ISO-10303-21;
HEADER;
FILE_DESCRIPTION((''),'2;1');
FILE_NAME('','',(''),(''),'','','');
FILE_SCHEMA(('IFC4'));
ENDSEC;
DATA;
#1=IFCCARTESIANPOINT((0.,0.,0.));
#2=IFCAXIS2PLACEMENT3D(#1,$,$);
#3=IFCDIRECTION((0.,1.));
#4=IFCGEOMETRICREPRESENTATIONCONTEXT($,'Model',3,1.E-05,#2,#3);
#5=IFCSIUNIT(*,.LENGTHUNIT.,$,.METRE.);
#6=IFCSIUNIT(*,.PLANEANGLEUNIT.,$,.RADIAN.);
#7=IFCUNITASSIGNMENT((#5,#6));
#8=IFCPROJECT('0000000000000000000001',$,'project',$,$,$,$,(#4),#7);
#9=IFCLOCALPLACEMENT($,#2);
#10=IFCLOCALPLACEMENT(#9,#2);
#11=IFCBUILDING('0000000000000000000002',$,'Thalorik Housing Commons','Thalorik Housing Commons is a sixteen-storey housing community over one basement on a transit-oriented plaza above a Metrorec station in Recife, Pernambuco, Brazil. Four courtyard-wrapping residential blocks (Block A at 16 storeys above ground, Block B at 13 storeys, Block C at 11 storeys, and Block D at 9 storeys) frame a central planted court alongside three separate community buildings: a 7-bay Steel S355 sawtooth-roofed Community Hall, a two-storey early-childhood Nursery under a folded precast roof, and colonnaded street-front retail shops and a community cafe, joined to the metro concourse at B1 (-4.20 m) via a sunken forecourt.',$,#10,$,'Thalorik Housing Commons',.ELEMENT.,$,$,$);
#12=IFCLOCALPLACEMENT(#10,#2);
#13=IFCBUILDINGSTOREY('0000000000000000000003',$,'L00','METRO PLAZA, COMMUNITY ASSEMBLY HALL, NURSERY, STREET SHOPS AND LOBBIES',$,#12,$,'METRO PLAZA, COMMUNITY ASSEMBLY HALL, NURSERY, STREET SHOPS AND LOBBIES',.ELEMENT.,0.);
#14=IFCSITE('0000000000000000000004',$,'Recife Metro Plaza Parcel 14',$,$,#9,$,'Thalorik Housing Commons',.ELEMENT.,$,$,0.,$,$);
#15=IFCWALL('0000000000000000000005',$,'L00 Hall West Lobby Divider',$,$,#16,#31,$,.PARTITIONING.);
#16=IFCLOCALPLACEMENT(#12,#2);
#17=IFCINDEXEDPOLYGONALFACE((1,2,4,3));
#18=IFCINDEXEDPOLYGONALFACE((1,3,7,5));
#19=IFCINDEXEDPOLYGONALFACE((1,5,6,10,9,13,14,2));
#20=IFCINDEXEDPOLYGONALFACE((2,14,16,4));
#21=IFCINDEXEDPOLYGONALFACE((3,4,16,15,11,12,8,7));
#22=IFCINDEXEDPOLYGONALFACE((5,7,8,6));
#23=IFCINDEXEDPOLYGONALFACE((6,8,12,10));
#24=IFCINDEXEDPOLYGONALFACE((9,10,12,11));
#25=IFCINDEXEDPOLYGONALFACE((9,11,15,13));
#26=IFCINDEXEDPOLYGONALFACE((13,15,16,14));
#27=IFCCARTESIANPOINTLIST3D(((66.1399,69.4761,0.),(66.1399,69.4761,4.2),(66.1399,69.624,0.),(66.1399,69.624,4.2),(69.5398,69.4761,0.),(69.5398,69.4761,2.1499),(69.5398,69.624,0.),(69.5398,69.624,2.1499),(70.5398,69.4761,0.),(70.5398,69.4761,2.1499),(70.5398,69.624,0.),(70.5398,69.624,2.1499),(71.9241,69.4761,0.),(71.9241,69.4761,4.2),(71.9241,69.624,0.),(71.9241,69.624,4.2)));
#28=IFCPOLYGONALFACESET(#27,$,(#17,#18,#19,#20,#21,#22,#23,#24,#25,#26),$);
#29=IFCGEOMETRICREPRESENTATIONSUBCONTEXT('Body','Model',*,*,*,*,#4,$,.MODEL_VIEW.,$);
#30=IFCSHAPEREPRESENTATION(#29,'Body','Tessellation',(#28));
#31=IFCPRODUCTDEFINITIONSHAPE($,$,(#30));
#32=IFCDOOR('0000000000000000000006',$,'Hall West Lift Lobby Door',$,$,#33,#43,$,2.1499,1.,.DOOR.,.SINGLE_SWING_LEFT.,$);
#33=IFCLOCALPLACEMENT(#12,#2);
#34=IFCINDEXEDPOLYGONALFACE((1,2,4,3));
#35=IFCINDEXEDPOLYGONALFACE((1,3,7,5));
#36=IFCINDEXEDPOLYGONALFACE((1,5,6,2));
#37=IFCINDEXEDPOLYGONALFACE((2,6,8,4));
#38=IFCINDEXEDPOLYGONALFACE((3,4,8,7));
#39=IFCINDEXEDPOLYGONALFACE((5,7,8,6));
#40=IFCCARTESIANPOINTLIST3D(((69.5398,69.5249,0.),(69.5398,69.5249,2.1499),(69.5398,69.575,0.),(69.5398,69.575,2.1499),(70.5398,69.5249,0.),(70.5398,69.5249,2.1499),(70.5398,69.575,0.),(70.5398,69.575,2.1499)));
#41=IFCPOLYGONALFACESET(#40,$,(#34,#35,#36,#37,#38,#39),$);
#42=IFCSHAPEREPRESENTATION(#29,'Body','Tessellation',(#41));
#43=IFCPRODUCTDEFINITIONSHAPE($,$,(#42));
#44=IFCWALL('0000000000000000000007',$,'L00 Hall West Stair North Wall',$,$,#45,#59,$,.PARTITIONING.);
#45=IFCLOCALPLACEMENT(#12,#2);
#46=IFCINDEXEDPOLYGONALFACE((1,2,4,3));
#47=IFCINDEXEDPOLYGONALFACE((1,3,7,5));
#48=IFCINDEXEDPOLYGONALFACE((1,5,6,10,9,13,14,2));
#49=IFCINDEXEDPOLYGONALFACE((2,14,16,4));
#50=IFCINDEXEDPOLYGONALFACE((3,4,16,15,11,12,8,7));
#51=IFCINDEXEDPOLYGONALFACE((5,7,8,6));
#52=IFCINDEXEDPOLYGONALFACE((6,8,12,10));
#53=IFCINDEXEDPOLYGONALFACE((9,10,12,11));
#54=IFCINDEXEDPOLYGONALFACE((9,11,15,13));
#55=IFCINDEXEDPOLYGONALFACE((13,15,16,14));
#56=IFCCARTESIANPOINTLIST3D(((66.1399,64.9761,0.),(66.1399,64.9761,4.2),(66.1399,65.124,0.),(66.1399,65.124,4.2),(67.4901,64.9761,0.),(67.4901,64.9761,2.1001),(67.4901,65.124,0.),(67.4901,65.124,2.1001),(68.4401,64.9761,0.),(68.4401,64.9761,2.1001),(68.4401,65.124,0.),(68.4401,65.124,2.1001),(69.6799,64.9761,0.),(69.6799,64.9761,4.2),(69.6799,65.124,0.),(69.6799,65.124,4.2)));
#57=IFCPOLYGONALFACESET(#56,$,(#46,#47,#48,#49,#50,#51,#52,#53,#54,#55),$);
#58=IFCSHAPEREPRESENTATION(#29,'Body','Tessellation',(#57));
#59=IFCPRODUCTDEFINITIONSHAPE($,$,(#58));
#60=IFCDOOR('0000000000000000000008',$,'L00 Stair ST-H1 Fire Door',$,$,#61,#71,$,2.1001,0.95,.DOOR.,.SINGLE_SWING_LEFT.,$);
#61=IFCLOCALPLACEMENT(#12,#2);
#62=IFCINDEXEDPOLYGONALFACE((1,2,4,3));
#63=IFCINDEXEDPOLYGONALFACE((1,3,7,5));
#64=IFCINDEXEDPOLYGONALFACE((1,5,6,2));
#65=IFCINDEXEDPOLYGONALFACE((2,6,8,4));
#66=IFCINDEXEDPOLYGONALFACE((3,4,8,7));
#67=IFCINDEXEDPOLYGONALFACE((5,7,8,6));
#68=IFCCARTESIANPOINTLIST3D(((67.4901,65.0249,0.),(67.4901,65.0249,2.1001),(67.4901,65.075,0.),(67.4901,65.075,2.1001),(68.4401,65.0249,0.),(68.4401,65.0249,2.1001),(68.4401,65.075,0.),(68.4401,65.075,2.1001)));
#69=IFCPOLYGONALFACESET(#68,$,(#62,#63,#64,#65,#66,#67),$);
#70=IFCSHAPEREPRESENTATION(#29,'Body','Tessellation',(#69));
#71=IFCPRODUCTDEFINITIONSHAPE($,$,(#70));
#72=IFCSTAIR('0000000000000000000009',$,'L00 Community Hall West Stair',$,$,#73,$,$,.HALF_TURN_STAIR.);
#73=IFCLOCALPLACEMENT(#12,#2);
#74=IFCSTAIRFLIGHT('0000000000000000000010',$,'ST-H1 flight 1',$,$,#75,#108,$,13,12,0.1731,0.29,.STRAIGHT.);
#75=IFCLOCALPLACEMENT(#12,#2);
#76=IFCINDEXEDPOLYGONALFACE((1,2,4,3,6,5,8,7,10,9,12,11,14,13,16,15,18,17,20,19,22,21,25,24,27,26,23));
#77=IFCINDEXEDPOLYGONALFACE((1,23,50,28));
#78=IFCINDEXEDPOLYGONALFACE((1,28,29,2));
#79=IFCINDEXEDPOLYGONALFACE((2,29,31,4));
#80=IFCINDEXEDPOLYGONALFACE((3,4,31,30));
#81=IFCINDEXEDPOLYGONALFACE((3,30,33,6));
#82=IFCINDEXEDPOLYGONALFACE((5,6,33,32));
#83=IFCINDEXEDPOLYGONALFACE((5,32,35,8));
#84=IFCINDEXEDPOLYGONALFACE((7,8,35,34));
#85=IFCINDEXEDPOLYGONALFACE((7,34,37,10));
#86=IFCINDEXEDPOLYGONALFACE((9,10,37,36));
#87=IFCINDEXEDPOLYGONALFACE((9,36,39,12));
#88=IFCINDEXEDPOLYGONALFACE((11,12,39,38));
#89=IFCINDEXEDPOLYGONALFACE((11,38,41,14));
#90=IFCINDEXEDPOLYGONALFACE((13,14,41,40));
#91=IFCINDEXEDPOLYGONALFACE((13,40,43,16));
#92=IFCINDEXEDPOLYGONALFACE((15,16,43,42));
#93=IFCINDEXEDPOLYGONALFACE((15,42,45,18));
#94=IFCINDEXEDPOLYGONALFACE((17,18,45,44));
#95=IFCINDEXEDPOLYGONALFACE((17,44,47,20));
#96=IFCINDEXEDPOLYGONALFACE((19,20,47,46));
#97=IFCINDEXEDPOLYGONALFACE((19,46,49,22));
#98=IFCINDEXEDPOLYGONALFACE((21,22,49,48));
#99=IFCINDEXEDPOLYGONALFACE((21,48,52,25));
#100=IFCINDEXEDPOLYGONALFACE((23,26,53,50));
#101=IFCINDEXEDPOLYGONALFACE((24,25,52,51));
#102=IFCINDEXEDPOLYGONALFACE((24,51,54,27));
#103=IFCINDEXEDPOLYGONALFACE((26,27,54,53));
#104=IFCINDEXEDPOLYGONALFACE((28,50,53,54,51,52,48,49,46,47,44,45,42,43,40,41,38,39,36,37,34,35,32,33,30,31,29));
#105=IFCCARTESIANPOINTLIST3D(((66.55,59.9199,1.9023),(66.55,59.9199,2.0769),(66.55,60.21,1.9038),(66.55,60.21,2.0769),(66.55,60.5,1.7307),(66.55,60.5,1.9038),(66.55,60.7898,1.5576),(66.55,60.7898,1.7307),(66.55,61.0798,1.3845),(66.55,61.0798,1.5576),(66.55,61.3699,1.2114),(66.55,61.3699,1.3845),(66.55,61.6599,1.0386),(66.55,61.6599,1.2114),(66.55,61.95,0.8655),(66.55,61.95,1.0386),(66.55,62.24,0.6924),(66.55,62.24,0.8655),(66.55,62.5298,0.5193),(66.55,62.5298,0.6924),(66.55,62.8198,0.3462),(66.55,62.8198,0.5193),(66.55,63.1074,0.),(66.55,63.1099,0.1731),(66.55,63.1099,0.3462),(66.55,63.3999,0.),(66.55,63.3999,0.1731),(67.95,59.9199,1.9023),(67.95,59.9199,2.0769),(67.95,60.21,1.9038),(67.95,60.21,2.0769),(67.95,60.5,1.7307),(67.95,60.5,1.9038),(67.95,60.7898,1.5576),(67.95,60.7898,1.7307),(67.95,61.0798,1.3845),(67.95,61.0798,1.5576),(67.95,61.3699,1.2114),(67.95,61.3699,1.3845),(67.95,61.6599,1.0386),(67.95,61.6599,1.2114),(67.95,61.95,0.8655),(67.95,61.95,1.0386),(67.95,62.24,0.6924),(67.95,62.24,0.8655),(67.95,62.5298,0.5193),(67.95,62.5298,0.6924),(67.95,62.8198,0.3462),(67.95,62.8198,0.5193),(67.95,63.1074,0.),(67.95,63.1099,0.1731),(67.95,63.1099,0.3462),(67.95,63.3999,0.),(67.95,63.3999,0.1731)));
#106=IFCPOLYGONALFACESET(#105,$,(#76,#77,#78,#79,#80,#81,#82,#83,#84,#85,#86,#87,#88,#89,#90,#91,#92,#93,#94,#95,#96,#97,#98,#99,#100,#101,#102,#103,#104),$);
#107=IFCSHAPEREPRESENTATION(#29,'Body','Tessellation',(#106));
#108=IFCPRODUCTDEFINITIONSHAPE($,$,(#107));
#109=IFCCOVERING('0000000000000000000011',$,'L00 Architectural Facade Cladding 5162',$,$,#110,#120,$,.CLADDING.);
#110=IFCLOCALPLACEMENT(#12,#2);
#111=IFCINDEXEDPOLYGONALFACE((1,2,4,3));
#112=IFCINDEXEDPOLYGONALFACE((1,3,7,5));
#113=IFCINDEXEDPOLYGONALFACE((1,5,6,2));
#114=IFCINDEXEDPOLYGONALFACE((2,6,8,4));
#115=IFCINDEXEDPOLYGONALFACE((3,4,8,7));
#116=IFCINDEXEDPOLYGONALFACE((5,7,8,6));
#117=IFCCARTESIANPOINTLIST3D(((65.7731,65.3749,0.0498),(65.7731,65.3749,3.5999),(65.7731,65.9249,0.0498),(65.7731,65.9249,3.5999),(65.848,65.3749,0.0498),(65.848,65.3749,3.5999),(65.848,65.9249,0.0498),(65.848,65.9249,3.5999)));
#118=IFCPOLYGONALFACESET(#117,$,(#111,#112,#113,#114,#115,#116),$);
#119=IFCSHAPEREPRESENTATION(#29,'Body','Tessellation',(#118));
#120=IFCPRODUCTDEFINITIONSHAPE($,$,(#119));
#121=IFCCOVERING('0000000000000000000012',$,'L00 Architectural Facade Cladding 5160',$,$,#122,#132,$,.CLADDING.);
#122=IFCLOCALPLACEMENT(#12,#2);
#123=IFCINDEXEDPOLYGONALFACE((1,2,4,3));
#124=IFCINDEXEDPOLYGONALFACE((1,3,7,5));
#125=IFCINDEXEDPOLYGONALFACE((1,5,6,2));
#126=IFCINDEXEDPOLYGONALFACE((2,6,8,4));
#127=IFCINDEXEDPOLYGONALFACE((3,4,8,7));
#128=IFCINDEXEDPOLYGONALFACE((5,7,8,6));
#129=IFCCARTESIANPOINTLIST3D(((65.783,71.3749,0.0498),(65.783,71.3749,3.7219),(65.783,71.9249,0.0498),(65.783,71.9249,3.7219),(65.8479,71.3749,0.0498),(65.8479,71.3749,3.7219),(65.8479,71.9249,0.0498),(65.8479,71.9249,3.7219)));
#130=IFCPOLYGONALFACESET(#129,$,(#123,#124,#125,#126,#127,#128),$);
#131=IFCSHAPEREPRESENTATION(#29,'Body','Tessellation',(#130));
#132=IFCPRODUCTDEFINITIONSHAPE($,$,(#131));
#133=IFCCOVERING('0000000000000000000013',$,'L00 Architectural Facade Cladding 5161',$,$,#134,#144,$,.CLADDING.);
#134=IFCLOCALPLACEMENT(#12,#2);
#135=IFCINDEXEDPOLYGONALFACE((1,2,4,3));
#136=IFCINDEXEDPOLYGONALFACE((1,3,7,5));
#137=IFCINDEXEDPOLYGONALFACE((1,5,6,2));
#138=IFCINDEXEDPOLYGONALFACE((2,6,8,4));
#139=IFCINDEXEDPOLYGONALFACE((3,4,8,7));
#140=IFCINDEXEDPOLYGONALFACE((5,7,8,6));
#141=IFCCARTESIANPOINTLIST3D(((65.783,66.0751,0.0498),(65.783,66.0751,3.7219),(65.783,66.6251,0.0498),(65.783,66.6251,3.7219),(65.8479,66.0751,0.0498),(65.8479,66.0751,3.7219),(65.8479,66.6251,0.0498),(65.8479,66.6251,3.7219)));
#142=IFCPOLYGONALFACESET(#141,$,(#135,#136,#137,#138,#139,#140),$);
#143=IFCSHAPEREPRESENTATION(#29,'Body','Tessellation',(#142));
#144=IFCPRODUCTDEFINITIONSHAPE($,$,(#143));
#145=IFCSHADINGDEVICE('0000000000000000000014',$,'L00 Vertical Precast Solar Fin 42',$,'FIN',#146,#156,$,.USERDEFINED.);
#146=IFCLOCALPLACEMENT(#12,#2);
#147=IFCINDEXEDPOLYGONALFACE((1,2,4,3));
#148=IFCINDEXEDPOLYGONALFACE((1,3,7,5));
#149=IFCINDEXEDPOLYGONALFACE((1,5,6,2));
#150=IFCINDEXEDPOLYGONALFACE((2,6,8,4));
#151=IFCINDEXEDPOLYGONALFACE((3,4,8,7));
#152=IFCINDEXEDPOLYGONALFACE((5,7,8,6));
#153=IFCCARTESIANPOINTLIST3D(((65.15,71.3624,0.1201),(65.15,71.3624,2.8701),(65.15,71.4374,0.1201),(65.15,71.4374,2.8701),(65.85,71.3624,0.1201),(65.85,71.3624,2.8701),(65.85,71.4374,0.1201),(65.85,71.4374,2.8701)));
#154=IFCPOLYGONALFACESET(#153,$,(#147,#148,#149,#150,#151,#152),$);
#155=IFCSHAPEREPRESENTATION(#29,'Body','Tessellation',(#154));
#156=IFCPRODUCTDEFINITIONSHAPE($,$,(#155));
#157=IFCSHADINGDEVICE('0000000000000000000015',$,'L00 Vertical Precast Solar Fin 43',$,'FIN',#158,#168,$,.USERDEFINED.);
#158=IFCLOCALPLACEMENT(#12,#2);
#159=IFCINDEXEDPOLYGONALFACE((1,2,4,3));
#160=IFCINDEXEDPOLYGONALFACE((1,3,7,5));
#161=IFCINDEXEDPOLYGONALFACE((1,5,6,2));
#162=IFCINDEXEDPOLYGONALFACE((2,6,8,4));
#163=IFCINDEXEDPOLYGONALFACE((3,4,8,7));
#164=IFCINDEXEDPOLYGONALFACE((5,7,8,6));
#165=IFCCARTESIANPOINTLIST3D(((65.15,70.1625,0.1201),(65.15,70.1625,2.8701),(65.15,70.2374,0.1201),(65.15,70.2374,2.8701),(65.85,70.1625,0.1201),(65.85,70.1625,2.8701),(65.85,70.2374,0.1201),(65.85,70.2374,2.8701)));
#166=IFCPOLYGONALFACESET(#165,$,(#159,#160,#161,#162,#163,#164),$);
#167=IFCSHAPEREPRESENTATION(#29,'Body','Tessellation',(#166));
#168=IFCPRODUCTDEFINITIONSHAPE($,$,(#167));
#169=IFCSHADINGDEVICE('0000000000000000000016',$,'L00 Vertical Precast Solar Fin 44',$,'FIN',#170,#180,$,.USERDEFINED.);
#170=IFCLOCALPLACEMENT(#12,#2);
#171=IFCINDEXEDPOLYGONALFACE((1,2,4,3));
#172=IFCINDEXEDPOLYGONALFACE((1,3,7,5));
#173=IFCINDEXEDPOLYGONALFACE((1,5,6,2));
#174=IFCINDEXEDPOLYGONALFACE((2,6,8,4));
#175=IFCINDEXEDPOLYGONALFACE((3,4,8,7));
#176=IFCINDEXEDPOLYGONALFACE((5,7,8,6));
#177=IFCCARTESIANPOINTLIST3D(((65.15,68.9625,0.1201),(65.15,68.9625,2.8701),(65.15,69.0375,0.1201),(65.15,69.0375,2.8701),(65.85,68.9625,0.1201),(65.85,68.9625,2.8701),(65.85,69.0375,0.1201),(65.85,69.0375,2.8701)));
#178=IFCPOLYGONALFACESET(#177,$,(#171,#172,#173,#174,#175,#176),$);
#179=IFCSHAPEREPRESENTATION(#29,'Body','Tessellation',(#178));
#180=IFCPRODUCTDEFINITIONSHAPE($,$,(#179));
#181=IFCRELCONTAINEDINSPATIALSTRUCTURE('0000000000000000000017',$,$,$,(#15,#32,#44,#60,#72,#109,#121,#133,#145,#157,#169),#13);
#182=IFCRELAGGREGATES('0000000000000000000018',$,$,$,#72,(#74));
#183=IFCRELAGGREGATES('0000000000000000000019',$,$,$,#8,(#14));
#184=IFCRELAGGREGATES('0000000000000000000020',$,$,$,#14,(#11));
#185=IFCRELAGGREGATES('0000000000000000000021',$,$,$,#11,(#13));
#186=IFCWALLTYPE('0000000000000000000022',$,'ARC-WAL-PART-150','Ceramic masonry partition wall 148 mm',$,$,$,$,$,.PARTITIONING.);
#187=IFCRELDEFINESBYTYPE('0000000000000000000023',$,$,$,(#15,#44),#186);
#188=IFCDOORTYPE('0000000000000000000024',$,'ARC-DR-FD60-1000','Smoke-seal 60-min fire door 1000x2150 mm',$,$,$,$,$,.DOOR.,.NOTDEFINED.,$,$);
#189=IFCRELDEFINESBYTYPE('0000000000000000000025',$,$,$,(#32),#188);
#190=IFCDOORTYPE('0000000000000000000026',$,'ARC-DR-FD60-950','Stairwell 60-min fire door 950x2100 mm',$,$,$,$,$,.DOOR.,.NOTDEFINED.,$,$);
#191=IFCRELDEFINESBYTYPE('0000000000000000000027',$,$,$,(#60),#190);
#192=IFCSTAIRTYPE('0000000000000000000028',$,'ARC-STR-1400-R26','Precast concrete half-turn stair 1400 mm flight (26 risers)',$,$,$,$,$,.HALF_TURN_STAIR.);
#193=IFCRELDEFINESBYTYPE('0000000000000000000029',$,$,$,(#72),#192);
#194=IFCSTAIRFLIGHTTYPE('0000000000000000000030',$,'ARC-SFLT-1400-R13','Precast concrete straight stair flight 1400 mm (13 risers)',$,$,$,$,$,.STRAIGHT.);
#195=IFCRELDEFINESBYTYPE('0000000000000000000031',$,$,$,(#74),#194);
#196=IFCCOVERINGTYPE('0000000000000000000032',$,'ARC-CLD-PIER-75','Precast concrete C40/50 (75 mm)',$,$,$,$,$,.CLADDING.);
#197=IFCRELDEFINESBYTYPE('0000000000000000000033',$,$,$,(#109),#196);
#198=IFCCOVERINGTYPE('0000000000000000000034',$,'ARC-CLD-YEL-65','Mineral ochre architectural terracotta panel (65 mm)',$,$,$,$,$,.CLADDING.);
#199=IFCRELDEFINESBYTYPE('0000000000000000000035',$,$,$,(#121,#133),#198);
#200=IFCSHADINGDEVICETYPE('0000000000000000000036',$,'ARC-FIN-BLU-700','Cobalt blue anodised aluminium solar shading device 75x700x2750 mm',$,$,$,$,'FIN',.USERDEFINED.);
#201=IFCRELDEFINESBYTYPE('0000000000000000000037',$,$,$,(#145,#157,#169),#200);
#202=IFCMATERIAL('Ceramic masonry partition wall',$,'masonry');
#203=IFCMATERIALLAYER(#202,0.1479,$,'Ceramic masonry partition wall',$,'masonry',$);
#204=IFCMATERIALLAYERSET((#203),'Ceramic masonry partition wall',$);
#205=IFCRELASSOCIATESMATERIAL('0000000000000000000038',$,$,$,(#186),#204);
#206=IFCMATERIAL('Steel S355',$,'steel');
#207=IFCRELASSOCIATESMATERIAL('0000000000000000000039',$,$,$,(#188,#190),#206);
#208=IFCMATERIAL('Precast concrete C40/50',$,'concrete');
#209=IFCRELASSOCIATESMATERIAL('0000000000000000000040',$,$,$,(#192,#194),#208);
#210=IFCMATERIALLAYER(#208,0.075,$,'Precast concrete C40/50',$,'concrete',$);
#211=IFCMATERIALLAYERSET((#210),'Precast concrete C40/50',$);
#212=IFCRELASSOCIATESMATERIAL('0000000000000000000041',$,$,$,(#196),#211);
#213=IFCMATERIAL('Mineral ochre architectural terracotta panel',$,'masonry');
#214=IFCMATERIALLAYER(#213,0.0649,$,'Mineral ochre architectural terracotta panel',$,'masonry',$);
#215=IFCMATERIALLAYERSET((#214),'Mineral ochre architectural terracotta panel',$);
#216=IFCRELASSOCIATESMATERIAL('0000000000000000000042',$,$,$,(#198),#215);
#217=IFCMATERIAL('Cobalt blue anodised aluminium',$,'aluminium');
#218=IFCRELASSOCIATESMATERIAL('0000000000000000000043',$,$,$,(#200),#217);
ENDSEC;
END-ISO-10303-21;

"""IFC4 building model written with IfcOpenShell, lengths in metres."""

from ifc_helpers import new_model, si_unit, direction, frame, frame_2d, origin, origin_2d, place, context, subcontext, project, spatial, polyline, rectangle, outline, extrude, material, layer, layer_set, type_object, element, fill, aggregate, save


model = new_model("IFC4")

# Units and contexts
model_context = context("Model", 3, precision=1e-05, world=origin(), true_north=direction((0.0, 1.0)))
body_context = subcontext(model_context, "Body", "Model", "MODEL_VIEW")
ifc_project = project(units=[si_unit("LENGTHUNIT", "METRE"), si_unit("PLANEANGLEUNIT", "RADIAN")], contexts=[model_context])

# Site, building, storey
site_placement = place(None, origin())
site = spatial("IfcSite", under=ifc_project, at=site_placement, Name="Recife Metro Plaza Parcel 14", LongName="Thalorik Housing Commons", CompositionType="ELEMENT", RefElevation=0.0)
building_placement = place(site_placement, origin())
building = spatial("IfcBuilding", under=site, at=building_placement, Name="Thalorik Housing Commons", Description="Thalorik Housing Commons is a sixteen-storey housing community over one basement on a transit-oriented plaza above a Metrorec station in Recife, Pernambuco, Brazil. Four courtyard-wrapping residential blocks (Block A at 16 storeys above ground, Block B at 13 storeys, Block C at 11 storeys, and Block D at 9 storeys) frame a central planted court alongside three separate community buildings: a 7-bay Steel S355 sawtooth-roofed Community Hall, a two-storey early-childhood Nursery under a folded precast roof, and colonnaded street-front retail shops and a community cafe, joined to the metro concourse at B1 (-4.20 m) via a sunken forecourt.", LongName="Thalorik Housing Commons", CompositionType="ELEMENT")
storey_placement = place(building_placement, origin())
storey = spatial("IfcBuildingStorey", under=building, at=storey_placement, Name="L00", Description="METRO PLAZA, COMMUNITY ASSEMBLY HALL, NURSERY, STREET SHOPS AND LOBBIES", LongName="METRO PLAZA, COMMUNITY ASSEMBLY HALL, NURSERY, STREET SHOPS AND LOBBIES", CompositionType="ELEMENT", Elevation=0.0)

# Shared definitions
ifc_material_1 = material(Name="Steel S355", Category="steel")

# Walls, openings, doors
ifc_material_2 = material(Name="Ceramic masonry partition wall", Category="masonry")
ifc_layer_1 = layer(ifc_material_2, 0.1479, Name="Ceramic masonry partition wall", Category="masonry")
ifc_layer_set_1 = layer_set([ifc_layer_1], Name="Ceramic masonry partition wall")
wall_type_1 = type_object("IfcWallType", Name="ARC-WAL-PART-150", Description="Ceramic masonry partition wall 148 mm", PredefinedType="PARTITIONING", material=ifc_layer_set_1)
wall_1_placement = place(storey_placement, frame((66.1399, 69.55, 0.0), z_axis=(0.0, 0.0, 1.0), x_axis=(1.0, 0.0, 0.0)))
wall_1 = element("IfcWall", 1, at=wall_1_placement, inside=storey, type_object=wall_type_1, Name="L00 Hall West Lobby Divider", PredefinedType="PARTITIONING", context=body_context, shape_type="SweptSolid", body=[
    extrude(rectangle(XDim=5.7842, YDim=0.1479, at=frame_2d((2.8921, 0.0))), origin(), (0.0, 0.0, 1.0), 4.2),
])
opening_1_placement = place(wall_1_placement, frame((3.3999, 0.0, 0.0)))
opening_1 = element("IfcOpeningElement", 2, at=opening_1_placement, cuts=wall_1, PredefinedType="OPENING", context=body_context, shape_type="SweptSolid", body=[
    extrude(rectangle(XDim=1.0, YDim=2.1499, at=frame_2d((0.5, 1.075))), frame((0.0, 0.084, 0.0), z_axis=(0.0, -1.0, 0.0), x_axis=(1.0, 0.0, 0.0)), (0.0, 0.0, 1.0), 0.168),
])
door_type_1 = type_object("IfcDoorType", Name="ARC-DR-FD60-1000", Description="Smoke-seal 60-min fire door 1000x2150 mm", OperationType="NOTDEFINED", PredefinedType="DOOR", material=ifc_material_1)
door_1_placement = place(opening_1_placement, origin())
door_1 = element("IfcDoor", 3, at=door_1_placement, inside=storey, type_object=door_type_1, Name="Hall West Lift Lobby Door", OperationType="SINGLE_SWING_LEFT", OverallHeight=2.1499, OverallWidth=1.0, PredefinedType="DOOR", context=body_context, shape_type="SweptSolid", body=[
    extrude(rectangle(XDim=1.0, YDim=2.1499, at=frame_2d((0.5, 1.075))), frame((0.0, 0.0249, 0.0), z_axis=(0.0, -1.0, 0.0), x_axis=(1.0, 0.0, 0.0)), (0.0, 0.0, 1.0), 0.05),
])
fill(opening_1, door_1)
wall_2_placement = place(storey_placement, frame((66.1399, 65.05, 0.0), z_axis=(0.0, 0.0, 1.0), x_axis=(1.0, 0.0, 0.0)))
wall_2 = element("IfcWall", 4, at=wall_2_placement, inside=storey, type_object=wall_type_1, Name="L00 Hall West Stair North Wall", PredefinedType="PARTITIONING", context=body_context, shape_type="SweptSolid", body=[
    extrude(rectangle(XDim=3.54, YDim=0.1479, at=frame_2d((1.77, 0.0))), origin(), (0.0, 0.0, 1.0), 4.2),
])
opening_2_placement = place(wall_2_placement, frame((1.3501, 0.0, 0.0)))
opening_2 = element("IfcOpeningElement", 5, at=opening_2_placement, cuts=wall_2, PredefinedType="OPENING", context=body_context, shape_type="SweptSolid", body=[
    extrude(rectangle(XDim=0.95, YDim=2.1001, at=frame_2d((0.4751, 1.05))), frame((0.0, 0.084, 0.0), z_axis=(0.0, -1.0, 0.0), x_axis=(1.0, 0.0, 0.0)), (0.0, 0.0, 1.0), 0.168),
])
door_type_2 = type_object("IfcDoorType", Name="ARC-DR-FD60-950", Description="Stairwell 60-min fire door 950x2100 mm", OperationType="NOTDEFINED", PredefinedType="DOOR", material=ifc_material_1)
door_2_placement = place(opening_2_placement, origin())
door_2 = element("IfcDoor", 6, at=door_2_placement, inside=storey, type_object=door_type_2, Name="L00 Stair ST-H1 Fire Door", OperationType="SINGLE_SWING_LEFT", OverallHeight=2.1001, OverallWidth=0.95, PredefinedType="DOOR", context=body_context, shape_type="SweptSolid", body=[
    extrude(rectangle(XDim=0.95, YDim=2.1001, at=frame_2d((0.4751, 1.05))), frame((0.0, 0.0249, 0.0), z_axis=(0.0, -1.0, 0.0), x_axis=(1.0, 0.0, 0.0)), (0.0, 0.0, 1.0), 0.05),
])
fill(opening_2, door_2)

# Stair, stair flight
ifc_material_3 = material(Name="Precast concrete C40/50", Category="concrete")
stair_type = type_object("IfcStairType", Name="ARC-STR-1400-R26", Description="Precast concrete half-turn stair 1400 mm flight (26 risers)", PredefinedType="HALF_TURN_STAIR", material=ifc_material_3)
stair_placement = place(storey_placement, origin())
stair = element("IfcStair", 7, at=stair_placement, inside=storey, type_object=stair_type, Name="L00 Community Hall West Stair", PredefinedType="HALF_TURN_STAIR")
stair_flight_type = type_object("IfcStairFlightType", Name="ARC-SFLT-1400-R13", Description="Precast concrete straight stair flight 1400 mm (13 risers)", PredefinedType="STRAIGHT", material=ifc_material_3)
stair_flight_placement = place(storey_placement, frame((67.25, 63.3999, 0.0), z_axis=(0.0, 0.0, 1.0), x_axis=(0.0, -1.0, 0.0)))
stair_flight = element("IfcStairFlight", 8, at=stair_flight_placement, type_object=stair_flight_type, Name="ST-H1 flight 1", NumberOfRisers=13, NumberOfTreads=12, PredefinedType="STRAIGHT", RiserHeight=0.1731, TreadLength=0.29, context=body_context, shape_type="SweptSolid", body=[
    extrude(outline(polyline([(0.0, 0.0), (0.0, 0.1731), (0.29, 0.1731), (0.29, 0.3462), (0.5801, 0.3462), (0.5801, 0.5193), (0.8701, 0.5193), (0.8701, 0.6924), (1.1599, 0.6924), (1.1599, 0.8655), (1.45, 0.8655), (1.45, 1.0386), (1.74, 1.0386), (1.74, 1.2114), (2.03, 1.2114), (2.03, 1.3845), (2.3201, 1.3845), (2.3201, 1.5576), (2.6101, 1.5576), (2.6101, 1.7307), (2.8999, 1.7307), (2.8999, 1.9038), (3.1899, 1.9038), (3.1899, 2.0769), (3.48, 2.0769), (3.48, 2.25), (3.48, 1.9023), (0.2925, 0.0), (0.0, 0.0)])), frame((0.0, 0.7, 0.0), z_axis=(0.0, -1.0, 0.0), x_axis=(1.0, 0.0, 0.0)), (0.0, 0.0, 1.0), 1.3999),
])
aggregate(stair, [stair_flight])

# Coverings
ifc_layer_2 = layer(ifc_material_3, 0.075, Name="Precast concrete C40/50", Category="concrete")
ifc_layer_set_2 = layer_set([ifc_layer_2], Name="Precast concrete C40/50")
covering_type_1 = type_object("IfcCoveringType", Name="ARC-CLD-PIER-75", Description="Precast concrete C40/50 (75 mm)", PredefinedType="CLADDING", material=ifc_layer_set_2)
covering_placement = place(storey_placement, frame((65.8105, 65.6499, 0.0498), z_axis=(0.0, 0.0, 1.0), x_axis=(0.0, -1.0, 0.0)))
element("IfcCovering", 9, at=covering_placement, inside=storey, type_object=covering_type_1, Name="L00 Architectural Facade Cladding 5162", PredefinedType="CLADDING", context=body_context, shape_type="SweptSolid", body=[
    extrude(rectangle(XDim=0.55, YDim=0.075, at=origin_2d()), origin(), (0.0, 0.0, 1.0), 3.55),
])
ifc_material_4 = material(Name="Mineral ochre architectural terracotta panel", Category="masonry")
ifc_layer_3 = layer(ifc_material_4, 0.0649, Name="Mineral ochre architectural terracotta panel", Category="masonry")
ifc_layer_set_3 = layer_set([ifc_layer_3], Name="Mineral ochre architectural terracotta panel")
covering_type_2 = type_object("IfcCoveringType", Name="ARC-CLD-YEL-65", Description="Mineral ochre architectural terracotta panel (65 mm)", PredefinedType="CLADDING", material=ifc_layer_set_3)
for number, where, z_axis, x_axis, name in (
    (10, (65.8154, 71.6499, 0.0498), (0.0, 0.0, 1.0), (0.0, -1.0, 0.0), "L00 Architectural Facade Cladding 5160"),
    (11, (65.8154, 66.3501, 0.0498), (0.0, 0.0, 1.0), (0.0, -1.0, 0.0), "L00 Architectural Facade Cladding 5161"),
):
    element("IfcCovering", number, at=place(storey_placement, frame(where, z_axis=z_axis, x_axis=x_axis)), inside=storey, type_object=covering_type_2, Name=name, PredefinedType="CLADDING", context=body_context, shape_type="SweptSolid", body=[
        extrude(rectangle(XDim=0.55, YDim=0.0649, at=origin_2d()), origin(), (0.0, 0.0, 1.0), 3.6721),
    ])

# Shading devices
ifc_material_5 = material(Name="Cobalt blue anodised aluminium", Category="aluminium")
shading_device_type_1 = type_object("IfcShadingDeviceType", Name="ARC-FIN-BLU-700", Description="Cobalt blue anodised aluminium solar shading device 75x700x2750 mm", ElementType="FIN", PredefinedType="USERDEFINED", material=ifc_material_5)
for number, where, z_axis, x_axis, name in (
    (12, (65.5, 71.3999, 0.1201), (0.0, 0.0, 1.0), (0.0, -1.0, 0.0), "L00 Vertical Precast Solar Fin 42"),
    (13, (65.5, 70.2, 0.1201), (0.0, 0.0, 1.0), (0.0, -1.0, 0.0), "L00 Vertical Precast Solar Fin 43"),
    (14, (65.5, 69.0, 0.1201), (0.0, 0.0, 1.0), (0.0, -1.0, 0.0), "L00 Vertical Precast Solar Fin 44"),
):
    element("IfcShadingDevice", number, at=place(storey_placement, frame(where, z_axis=z_axis, x_axis=x_axis)), inside=storey, type_object=shading_device_type_1, Name=name, ObjectType="FIN", PredefinedType="USERDEFINED", context=body_context, shape_type="SweptSolid", body=[
        extrude(rectangle(XDim=0.075, YDim=0.7, at=origin_2d()), origin(), (0.0, 0.0, 1.0), 2.75),
    ])

save(model, "model.ifc")
